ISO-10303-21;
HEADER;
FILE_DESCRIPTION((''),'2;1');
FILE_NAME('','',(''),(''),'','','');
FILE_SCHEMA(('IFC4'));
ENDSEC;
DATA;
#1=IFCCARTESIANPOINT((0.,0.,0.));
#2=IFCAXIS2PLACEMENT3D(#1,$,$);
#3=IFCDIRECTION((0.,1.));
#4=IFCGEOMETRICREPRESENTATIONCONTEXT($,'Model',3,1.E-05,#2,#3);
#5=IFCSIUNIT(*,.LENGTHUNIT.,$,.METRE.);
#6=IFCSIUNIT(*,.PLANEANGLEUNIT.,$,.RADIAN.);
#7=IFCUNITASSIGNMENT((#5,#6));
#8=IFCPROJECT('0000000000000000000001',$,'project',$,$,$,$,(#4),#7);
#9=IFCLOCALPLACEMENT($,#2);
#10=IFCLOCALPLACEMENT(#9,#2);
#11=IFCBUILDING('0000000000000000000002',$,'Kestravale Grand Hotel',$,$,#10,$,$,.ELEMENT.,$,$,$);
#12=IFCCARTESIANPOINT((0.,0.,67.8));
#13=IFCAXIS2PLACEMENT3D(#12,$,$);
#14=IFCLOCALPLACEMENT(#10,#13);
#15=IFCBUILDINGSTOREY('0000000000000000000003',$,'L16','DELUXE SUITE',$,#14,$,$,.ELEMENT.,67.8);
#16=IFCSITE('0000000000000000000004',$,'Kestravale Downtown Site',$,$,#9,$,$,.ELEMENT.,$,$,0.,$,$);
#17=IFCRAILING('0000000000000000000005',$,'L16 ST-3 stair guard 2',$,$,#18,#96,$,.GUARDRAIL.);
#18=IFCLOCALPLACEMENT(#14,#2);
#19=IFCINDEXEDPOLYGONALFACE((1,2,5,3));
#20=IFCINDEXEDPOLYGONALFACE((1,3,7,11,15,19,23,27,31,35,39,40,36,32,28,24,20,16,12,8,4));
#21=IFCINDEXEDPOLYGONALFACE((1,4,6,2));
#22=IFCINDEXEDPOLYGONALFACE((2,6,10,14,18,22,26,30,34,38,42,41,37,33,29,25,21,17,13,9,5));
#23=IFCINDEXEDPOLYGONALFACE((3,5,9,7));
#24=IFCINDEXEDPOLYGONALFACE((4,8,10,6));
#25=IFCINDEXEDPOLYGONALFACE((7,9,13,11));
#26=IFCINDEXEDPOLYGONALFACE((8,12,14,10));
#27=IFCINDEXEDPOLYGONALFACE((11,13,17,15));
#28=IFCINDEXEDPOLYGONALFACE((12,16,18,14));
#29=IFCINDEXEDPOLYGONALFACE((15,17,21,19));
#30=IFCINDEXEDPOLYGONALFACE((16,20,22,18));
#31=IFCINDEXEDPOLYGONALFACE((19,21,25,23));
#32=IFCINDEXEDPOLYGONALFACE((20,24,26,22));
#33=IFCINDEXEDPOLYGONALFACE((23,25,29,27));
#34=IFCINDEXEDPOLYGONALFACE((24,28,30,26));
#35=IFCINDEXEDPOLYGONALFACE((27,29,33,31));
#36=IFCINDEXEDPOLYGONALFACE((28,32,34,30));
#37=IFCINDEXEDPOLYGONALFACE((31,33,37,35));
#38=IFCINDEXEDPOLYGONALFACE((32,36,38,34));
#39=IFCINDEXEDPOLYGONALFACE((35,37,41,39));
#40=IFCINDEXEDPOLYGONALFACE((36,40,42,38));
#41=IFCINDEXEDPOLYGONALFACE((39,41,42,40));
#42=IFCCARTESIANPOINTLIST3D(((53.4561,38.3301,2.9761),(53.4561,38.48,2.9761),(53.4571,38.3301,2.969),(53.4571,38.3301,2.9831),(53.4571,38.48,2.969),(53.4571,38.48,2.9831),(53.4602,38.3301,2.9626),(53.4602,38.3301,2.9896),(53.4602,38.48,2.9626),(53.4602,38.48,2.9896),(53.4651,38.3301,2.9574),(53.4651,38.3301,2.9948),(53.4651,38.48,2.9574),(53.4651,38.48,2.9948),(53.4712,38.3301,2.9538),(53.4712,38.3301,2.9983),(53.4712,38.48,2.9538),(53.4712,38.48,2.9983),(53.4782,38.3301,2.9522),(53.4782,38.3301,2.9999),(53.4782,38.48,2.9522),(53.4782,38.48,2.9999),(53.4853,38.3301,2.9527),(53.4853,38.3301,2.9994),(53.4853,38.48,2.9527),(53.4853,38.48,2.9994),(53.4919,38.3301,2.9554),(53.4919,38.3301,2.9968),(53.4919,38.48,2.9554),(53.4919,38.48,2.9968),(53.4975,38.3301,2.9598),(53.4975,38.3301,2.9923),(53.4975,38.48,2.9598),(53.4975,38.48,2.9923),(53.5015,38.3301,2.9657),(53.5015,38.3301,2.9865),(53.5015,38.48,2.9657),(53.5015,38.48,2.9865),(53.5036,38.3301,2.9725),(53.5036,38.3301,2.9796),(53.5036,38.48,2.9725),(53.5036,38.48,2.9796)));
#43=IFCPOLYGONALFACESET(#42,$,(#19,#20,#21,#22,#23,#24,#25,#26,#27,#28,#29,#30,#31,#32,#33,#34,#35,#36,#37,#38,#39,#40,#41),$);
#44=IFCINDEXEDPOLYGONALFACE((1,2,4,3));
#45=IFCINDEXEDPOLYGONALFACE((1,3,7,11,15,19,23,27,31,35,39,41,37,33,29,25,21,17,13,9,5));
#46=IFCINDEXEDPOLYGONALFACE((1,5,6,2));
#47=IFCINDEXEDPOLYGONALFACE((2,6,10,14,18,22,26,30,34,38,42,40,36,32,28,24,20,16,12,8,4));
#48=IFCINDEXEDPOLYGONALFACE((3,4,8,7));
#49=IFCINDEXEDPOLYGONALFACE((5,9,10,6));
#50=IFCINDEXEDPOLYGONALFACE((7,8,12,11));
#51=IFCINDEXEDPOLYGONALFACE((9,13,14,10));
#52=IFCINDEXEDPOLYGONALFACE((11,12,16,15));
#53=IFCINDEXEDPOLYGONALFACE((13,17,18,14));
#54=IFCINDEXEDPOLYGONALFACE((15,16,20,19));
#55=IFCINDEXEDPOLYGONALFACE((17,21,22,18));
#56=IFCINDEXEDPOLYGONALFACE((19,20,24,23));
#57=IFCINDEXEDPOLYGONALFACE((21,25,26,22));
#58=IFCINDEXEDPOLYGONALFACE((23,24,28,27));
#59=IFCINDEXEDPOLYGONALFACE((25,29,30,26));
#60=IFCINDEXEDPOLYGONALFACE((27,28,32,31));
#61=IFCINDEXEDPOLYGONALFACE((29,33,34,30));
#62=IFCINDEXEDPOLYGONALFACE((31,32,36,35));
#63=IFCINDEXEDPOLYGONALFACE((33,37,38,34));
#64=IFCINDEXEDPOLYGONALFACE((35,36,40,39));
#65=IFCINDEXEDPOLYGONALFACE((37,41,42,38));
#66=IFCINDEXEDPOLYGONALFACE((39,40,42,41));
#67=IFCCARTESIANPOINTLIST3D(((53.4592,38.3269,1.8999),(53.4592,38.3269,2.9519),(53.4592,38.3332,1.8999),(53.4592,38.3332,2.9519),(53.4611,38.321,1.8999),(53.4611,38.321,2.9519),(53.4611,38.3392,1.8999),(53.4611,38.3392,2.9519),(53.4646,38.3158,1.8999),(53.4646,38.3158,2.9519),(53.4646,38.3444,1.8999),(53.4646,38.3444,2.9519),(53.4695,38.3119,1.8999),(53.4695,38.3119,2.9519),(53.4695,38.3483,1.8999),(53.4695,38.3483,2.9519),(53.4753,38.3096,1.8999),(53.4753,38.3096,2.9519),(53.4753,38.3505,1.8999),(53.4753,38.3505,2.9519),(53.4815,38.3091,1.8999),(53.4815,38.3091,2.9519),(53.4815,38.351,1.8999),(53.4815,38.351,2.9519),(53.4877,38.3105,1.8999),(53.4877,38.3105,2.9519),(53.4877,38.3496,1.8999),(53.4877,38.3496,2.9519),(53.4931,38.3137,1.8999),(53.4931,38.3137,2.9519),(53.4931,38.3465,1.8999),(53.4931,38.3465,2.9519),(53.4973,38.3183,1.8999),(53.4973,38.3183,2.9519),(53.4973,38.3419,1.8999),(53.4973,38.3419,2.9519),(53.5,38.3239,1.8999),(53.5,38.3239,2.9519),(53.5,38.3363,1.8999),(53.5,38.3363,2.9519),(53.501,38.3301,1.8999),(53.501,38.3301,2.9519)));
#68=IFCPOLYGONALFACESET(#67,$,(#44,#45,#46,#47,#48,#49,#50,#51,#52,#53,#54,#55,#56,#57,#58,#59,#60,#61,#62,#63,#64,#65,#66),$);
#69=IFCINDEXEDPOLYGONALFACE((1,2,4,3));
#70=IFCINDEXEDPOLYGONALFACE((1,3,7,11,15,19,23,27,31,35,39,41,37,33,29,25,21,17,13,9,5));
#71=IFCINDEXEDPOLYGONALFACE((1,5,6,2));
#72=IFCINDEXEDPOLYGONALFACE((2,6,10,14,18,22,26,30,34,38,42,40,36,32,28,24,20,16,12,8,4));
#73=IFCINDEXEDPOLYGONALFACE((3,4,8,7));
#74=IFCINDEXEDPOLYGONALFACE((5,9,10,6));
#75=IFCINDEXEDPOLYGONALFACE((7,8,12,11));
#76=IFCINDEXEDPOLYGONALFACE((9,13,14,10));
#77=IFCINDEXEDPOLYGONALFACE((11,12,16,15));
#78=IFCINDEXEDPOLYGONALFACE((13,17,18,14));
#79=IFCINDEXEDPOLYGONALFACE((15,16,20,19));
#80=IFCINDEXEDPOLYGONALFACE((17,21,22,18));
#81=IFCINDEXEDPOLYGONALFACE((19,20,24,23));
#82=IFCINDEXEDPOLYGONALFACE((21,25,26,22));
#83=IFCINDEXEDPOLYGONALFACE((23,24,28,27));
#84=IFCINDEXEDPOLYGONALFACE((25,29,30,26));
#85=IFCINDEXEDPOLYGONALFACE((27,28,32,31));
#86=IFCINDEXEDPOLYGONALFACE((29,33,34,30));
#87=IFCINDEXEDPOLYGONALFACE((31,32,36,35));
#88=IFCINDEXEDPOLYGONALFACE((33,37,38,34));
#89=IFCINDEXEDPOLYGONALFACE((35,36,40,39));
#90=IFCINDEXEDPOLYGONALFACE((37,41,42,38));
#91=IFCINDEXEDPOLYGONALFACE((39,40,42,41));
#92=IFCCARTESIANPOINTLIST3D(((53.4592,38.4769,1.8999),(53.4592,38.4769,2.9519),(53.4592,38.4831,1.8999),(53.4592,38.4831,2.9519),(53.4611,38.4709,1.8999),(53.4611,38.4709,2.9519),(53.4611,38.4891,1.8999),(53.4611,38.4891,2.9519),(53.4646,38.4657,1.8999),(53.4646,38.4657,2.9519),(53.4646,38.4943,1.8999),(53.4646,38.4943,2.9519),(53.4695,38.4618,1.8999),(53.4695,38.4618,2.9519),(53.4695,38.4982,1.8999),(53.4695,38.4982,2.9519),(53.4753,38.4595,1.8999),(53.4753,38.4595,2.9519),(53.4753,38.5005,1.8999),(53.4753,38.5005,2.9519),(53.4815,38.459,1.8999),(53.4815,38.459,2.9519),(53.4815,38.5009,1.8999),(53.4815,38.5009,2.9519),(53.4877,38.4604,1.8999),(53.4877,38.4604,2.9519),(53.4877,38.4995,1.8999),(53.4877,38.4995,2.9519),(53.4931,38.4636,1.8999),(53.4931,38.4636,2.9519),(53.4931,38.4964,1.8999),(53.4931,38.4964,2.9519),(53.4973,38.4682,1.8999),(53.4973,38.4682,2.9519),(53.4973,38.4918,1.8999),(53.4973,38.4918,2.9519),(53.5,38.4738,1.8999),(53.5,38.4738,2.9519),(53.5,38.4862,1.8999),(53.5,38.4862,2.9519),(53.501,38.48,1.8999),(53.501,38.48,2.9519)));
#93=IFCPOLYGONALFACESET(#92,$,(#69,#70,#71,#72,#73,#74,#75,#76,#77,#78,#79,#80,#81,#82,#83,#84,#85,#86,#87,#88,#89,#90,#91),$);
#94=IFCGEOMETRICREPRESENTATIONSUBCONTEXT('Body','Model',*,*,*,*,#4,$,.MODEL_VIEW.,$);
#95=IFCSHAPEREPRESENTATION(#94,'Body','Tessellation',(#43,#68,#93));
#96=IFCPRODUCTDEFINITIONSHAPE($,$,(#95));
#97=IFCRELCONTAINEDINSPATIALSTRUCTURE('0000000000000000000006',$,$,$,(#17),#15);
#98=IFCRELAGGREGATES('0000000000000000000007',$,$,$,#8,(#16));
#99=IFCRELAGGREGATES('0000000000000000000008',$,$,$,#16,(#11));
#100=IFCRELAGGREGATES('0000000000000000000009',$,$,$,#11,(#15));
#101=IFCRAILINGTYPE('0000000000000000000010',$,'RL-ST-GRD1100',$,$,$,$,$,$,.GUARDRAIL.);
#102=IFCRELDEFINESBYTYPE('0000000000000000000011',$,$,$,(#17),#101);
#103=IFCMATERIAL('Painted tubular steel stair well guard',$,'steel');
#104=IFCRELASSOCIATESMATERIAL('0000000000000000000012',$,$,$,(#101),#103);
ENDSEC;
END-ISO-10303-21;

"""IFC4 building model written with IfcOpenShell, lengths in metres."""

from ifc_helpers import new_model, si_unit, direction, frame, origin, origin_2d, place, context, subcontext, project, spatial, circle, extrude, material, type_object, element, save


model = new_model("IFC4")

# Units and contexts
model_context = context("Model", 3, precision=1e-05, world=origin(), true_north=direction((0.0, 1.0)))
body_context = subcontext(model_context, "Body", "Model", "MODEL_VIEW")
ifc_project = project(units=[si_unit("LENGTHUNIT", "METRE"), si_unit("PLANEANGLEUNIT", "RADIAN")], contexts=[model_context])

# Site, building, storey
site_placement = place(None, origin())
site = spatial("IfcSite", under=ifc_project, at=site_placement, Name="Kestravale Downtown Site", CompositionType="ELEMENT", RefElevation=0.0)
building_placement = place(site_placement, origin())
building = spatial("IfcBuilding", under=site, at=building_placement, Name="Kestravale Grand Hotel", CompositionType="ELEMENT")
storey_placement = place(building_placement, frame((0.0, 0.0, 67.8)))
storey = spatial("IfcBuildingStorey", under=building, at=storey_placement, Name="L16", Description="DELUXE SUITE", CompositionType="ELEMENT", Elevation=67.8)

# Railing
ifc_material_1 = material(Name="Painted tubular steel stair well guard", Category="steel")
railing_type_1 = type_object("IfcRailingType", Name="RL-ST-GRD1100", PredefinedType="GUARDRAIL", material=ifc_material_1)
railing_1_placement = place(storey_placement, frame((53.48, 38.3301, 1.8999)))
element("IfcRailing", 1, at=railing_1_placement, inside=storey, type_object=railing_type_1, Name="L16 ST-3 stair guard 2", PredefinedType="GUARDRAIL", context=body_context, shape_type="SweptSolid", body=[
    extrude(circle(Radius=0.0239, at=origin_2d()), frame((0.0, 0.0, 1.0762), z_axis=(0.0, 1.0, 0.0), x_axis=(-1.0, 0.0, 0.0)), (0.0, 0.0, 1.0), 0.1499),
    extrude(circle(Radius=0.021, at=origin_2d()), origin(), (0.0, 0.0, 1.0), 1.052),
    extrude(circle(Radius=0.021, at=origin_2d()), frame((0.0, 0.1499, 0.0)), (0.0, 0.0, 1.0), 1.052),
])

save(model, "model.ifc")
